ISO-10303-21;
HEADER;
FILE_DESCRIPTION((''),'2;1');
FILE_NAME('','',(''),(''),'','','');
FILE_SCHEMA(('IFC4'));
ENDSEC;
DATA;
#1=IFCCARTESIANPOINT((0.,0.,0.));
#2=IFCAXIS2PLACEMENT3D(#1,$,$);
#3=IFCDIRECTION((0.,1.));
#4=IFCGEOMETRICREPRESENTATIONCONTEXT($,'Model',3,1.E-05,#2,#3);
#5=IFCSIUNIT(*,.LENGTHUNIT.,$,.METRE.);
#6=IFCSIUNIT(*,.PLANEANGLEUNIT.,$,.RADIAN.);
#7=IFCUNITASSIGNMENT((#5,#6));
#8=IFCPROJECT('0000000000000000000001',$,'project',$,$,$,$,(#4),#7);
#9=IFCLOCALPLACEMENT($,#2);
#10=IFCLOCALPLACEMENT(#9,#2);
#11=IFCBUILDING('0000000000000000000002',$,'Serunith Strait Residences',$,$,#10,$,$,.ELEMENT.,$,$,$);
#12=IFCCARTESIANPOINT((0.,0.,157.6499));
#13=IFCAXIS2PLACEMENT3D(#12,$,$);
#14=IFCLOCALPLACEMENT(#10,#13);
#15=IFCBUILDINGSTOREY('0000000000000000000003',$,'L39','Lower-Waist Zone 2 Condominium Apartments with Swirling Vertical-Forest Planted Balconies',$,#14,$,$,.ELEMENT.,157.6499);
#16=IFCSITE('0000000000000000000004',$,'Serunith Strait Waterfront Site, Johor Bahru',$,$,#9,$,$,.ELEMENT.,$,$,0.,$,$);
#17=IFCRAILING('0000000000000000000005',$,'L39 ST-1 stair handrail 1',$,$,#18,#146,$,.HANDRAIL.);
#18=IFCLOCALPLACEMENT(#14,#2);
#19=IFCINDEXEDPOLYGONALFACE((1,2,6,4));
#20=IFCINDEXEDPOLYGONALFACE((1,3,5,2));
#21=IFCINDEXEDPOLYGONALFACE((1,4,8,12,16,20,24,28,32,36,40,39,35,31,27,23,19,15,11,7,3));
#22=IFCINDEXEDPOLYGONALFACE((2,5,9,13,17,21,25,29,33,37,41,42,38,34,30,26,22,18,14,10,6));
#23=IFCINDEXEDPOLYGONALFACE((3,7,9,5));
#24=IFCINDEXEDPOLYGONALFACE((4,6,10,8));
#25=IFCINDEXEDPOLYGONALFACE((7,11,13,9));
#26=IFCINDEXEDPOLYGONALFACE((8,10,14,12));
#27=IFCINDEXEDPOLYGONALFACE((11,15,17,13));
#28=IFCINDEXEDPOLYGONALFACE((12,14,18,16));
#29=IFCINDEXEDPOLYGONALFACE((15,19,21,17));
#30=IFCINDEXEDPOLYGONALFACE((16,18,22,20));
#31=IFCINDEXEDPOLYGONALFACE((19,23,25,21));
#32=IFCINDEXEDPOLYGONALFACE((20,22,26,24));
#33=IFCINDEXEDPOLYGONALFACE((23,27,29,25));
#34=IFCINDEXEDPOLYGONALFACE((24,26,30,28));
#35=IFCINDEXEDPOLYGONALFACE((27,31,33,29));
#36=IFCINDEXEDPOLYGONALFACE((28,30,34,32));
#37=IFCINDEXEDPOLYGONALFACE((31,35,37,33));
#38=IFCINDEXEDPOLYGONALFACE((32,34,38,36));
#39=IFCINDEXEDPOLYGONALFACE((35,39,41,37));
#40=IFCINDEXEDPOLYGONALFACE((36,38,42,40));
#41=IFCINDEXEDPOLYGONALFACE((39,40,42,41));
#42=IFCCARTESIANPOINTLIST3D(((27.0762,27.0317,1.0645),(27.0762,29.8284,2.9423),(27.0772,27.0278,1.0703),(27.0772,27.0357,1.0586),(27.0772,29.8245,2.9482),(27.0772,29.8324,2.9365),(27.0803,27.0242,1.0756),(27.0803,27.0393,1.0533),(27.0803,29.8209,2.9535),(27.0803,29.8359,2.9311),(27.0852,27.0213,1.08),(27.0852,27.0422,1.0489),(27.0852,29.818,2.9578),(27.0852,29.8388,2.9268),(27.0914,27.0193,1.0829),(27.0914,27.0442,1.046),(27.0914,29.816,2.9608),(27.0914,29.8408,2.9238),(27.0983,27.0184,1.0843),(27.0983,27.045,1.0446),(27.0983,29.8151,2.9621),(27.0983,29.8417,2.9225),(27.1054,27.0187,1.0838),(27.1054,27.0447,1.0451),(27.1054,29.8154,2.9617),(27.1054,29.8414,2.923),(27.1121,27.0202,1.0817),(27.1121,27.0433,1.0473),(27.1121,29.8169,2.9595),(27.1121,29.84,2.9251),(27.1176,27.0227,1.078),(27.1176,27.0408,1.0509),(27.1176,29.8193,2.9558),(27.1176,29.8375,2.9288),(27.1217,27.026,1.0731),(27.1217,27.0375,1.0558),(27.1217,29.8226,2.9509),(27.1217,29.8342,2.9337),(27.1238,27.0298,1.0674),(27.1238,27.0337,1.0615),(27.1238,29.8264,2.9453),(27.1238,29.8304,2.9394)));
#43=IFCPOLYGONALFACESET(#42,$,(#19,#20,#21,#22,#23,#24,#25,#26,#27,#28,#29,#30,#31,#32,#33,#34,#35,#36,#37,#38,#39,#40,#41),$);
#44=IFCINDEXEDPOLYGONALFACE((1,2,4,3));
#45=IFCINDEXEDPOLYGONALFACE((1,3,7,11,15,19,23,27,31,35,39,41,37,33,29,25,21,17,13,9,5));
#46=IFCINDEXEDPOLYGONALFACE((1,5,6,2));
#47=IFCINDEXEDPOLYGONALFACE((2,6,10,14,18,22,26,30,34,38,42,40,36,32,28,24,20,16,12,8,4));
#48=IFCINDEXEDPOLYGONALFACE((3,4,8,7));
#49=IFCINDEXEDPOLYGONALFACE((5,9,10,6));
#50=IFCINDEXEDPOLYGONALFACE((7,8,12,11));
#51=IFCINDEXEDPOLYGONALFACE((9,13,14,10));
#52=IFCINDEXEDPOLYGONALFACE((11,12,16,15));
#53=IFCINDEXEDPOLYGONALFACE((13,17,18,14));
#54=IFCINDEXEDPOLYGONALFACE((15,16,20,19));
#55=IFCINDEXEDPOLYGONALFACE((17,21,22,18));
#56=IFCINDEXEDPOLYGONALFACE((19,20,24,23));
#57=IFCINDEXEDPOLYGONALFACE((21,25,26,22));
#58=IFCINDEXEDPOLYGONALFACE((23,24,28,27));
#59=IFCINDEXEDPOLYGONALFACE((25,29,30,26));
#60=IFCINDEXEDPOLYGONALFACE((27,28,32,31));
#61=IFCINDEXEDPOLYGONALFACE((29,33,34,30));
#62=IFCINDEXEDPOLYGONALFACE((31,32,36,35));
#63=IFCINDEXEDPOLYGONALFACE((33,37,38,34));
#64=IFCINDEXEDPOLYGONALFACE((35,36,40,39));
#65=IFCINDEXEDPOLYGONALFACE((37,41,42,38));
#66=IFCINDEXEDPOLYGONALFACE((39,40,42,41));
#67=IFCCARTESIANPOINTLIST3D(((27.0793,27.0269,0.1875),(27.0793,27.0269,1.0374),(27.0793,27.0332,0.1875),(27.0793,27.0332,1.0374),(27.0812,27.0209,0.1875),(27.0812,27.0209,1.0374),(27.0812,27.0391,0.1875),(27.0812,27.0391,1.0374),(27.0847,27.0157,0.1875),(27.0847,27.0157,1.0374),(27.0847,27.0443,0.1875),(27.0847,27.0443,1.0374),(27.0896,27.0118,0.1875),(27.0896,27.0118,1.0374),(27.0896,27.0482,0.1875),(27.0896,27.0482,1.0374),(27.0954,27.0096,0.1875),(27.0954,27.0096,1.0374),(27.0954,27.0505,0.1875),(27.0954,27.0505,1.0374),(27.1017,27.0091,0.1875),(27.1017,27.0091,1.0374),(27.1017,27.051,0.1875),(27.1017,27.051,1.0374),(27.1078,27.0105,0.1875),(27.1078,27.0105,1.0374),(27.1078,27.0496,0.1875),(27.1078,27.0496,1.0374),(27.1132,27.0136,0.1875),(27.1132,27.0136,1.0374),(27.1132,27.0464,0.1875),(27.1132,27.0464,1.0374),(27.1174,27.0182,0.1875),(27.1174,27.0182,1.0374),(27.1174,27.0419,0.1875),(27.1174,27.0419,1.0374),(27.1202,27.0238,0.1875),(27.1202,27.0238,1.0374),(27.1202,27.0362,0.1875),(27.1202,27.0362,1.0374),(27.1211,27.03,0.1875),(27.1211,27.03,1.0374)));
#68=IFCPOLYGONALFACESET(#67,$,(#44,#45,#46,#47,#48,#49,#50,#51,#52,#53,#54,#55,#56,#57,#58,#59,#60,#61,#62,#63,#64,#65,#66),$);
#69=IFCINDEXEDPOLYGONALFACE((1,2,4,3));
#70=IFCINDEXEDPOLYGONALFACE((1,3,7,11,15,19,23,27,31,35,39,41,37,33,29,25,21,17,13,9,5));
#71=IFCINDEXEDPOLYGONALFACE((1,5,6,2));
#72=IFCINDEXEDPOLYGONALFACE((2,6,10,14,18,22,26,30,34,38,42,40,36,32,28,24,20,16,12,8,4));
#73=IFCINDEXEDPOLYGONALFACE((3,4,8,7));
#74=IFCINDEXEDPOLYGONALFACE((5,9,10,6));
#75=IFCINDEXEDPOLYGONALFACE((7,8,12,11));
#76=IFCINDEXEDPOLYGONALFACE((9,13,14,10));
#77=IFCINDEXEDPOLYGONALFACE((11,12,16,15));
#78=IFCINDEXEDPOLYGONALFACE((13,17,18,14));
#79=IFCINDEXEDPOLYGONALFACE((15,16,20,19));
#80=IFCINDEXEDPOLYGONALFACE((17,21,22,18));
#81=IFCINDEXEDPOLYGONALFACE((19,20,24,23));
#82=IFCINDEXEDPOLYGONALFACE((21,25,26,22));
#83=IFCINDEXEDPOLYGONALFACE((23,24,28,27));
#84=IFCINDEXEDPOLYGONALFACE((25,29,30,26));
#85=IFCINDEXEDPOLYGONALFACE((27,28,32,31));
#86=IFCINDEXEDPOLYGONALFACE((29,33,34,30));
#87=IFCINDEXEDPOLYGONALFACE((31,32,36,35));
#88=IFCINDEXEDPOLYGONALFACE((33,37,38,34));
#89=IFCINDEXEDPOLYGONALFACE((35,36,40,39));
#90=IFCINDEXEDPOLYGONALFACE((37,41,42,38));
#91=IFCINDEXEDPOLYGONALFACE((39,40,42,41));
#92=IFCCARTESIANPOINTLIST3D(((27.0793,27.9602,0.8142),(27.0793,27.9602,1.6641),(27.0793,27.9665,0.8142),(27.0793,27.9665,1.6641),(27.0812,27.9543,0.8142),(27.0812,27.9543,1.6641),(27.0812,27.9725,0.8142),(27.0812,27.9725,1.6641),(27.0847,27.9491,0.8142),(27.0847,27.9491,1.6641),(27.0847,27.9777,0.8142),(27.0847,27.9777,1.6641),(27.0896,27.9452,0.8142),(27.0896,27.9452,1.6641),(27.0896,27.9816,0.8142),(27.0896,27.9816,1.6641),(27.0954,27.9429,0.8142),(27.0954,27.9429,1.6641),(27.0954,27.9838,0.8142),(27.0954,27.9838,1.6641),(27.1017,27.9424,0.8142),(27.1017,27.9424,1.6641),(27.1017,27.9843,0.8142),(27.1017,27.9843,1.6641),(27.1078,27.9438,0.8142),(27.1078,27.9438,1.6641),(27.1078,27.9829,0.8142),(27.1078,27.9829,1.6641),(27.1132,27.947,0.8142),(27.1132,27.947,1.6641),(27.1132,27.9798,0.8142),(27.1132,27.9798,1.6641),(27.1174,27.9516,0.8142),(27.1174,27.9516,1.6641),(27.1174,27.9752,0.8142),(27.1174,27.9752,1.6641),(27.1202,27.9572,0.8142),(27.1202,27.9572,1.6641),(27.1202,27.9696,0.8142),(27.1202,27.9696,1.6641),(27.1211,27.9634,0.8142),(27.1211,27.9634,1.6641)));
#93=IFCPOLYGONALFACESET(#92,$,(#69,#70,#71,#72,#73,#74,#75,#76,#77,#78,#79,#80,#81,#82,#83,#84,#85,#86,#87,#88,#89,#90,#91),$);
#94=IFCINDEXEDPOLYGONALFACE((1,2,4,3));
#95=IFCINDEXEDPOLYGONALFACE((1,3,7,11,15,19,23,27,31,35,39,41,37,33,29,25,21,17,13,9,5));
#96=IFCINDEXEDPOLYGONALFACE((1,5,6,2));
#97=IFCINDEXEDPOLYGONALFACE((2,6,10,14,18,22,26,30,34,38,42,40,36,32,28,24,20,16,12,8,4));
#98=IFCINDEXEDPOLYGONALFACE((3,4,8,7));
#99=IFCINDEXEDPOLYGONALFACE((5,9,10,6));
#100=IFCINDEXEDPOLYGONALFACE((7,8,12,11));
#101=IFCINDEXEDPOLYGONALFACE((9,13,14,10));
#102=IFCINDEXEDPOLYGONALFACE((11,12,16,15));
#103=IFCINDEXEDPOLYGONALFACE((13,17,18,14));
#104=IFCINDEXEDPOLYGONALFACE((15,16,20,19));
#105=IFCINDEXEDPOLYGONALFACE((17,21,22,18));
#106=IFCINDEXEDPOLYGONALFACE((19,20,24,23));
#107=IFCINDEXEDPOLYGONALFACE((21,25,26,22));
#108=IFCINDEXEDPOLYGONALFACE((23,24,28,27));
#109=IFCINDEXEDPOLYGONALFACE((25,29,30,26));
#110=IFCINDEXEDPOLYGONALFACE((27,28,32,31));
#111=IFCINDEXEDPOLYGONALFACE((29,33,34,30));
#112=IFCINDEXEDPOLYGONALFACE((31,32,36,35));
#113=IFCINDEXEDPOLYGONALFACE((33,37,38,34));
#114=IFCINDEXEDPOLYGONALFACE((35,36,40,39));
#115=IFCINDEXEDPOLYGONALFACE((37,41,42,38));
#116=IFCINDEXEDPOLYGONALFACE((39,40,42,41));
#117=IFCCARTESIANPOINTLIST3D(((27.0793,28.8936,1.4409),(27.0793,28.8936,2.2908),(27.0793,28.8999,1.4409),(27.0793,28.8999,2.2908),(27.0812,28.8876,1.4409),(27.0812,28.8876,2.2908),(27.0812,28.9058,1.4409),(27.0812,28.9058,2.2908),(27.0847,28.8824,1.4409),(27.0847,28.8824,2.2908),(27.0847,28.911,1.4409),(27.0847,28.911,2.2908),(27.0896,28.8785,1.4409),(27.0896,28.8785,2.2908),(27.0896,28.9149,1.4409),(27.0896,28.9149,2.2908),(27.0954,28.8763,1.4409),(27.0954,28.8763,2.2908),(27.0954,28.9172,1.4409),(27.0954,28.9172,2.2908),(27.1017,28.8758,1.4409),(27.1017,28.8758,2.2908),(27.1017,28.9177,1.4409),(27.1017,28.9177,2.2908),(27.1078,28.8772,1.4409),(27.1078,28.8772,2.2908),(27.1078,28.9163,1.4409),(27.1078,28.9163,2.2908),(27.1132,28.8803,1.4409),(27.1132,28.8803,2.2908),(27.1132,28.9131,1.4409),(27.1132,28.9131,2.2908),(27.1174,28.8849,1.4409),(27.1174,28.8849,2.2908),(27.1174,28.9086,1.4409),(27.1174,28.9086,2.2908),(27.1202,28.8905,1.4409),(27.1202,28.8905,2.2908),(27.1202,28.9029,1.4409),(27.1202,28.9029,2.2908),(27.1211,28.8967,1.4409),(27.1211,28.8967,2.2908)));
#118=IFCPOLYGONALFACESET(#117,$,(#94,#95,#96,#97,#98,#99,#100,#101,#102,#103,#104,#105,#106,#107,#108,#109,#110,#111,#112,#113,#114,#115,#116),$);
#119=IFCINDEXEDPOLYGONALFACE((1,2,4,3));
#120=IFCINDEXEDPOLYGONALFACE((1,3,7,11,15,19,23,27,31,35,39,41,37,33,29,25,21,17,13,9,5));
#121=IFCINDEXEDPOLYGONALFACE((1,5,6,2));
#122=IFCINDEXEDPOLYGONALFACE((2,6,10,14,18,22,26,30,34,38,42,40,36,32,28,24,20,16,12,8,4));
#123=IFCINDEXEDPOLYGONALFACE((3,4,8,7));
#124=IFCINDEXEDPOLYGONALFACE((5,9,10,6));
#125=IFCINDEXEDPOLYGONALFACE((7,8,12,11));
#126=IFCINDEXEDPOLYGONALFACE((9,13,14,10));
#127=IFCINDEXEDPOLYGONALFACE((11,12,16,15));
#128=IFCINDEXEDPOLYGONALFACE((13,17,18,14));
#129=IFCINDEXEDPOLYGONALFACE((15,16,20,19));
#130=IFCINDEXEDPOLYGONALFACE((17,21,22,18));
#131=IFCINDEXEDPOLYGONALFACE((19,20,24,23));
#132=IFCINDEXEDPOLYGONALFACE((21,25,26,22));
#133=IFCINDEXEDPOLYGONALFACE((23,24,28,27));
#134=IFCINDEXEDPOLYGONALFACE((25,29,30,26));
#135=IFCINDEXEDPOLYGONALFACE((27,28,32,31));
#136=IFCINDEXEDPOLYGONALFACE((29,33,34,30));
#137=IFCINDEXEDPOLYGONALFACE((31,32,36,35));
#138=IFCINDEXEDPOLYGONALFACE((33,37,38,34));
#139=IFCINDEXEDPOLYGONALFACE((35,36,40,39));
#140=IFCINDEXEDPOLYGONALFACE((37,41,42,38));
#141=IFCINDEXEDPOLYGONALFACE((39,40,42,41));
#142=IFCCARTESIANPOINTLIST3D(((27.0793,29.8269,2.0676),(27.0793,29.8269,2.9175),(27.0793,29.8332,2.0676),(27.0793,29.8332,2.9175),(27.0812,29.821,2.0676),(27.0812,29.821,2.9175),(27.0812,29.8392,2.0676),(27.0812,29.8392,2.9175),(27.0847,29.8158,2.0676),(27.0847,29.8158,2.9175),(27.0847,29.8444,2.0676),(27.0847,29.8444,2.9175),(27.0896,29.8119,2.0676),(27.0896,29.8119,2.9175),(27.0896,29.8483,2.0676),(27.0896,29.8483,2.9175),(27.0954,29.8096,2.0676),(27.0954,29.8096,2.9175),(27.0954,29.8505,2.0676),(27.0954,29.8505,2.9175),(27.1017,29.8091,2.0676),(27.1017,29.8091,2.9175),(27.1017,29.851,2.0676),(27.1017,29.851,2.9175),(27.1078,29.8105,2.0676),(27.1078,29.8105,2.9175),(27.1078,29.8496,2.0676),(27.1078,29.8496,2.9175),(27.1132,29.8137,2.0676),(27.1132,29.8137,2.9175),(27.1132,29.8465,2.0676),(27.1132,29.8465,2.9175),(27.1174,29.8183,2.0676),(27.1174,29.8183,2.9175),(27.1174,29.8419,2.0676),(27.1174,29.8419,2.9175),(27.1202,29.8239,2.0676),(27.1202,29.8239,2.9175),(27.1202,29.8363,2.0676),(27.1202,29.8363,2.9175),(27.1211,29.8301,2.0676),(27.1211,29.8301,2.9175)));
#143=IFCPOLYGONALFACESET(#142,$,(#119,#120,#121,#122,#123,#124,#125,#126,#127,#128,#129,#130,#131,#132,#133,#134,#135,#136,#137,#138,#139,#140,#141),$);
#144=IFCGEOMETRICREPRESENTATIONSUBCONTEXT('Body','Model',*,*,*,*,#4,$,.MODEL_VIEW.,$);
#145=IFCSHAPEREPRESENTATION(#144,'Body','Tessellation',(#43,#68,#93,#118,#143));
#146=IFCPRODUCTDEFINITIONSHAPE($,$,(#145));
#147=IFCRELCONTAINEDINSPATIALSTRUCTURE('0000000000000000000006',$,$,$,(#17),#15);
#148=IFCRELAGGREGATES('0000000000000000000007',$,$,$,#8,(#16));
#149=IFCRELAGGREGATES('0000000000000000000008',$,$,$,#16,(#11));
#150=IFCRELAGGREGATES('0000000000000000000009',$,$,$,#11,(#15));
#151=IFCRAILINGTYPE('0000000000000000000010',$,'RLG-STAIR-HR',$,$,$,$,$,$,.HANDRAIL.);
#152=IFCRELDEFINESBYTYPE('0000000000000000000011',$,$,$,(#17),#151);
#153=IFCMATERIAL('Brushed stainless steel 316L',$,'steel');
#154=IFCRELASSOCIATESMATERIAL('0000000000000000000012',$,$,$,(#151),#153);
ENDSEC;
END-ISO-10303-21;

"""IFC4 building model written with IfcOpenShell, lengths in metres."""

from ifc_helpers import new_model, si_unit, direction, frame, origin, origin_2d, place, context, subcontext, project, spatial, circle, extrude, material, type_object, element, save


model = new_model("IFC4")

# Units and contexts
model_context = context("Model", 3, precision=1e-05, world=origin(), true_north=direction((0.0, 1.0)))
body_context = subcontext(model_context, "Body", "Model", "MODEL_VIEW")
ifc_project = project(units=[si_unit("LENGTHUNIT", "METRE"), si_unit("PLANEANGLEUNIT", "RADIAN")], contexts=[model_context])

# Site, building, storey
site_placement = place(None, origin())
site = spatial("IfcSite", under=ifc_project, at=site_placement, Name="Serunith Strait Waterfront Site, Johor Bahru", CompositionType="ELEMENT", RefElevation=0.0)
building_placement = place(site_placement, origin())
building = spatial("IfcBuilding", under=site, at=building_placement, Name="Serunith Strait Residences", CompositionType="ELEMENT")
storey_placement = place(building_placement, frame((0.0, 0.0, 157.6499)))
storey = spatial("IfcBuildingStorey", under=building, at=storey_placement, Name="L39", Description="Lower-Waist Zone 2 Condominium Apartments with Swirling Vertical-Forest Planted Balconies", CompositionType="ELEMENT", Elevation=157.6499)

# Railing
ifc_material_1 = material(Name="Brushed stainless steel 316L", Category="steel")
railing_type_1 = type_object("IfcRailingType", Name="RLG-STAIR-HR", PredefinedType="HANDRAIL", material=ifc_material_1)
railing_1_placement = place(storey_placement, frame((27.1001, 27.03, 0.1875)))
element("IfcRailing", 1, at=railing_1_placement, inside=storey, type_object=railing_type_1, Name="L39 ST-1 stair handrail 1", PredefinedType="HANDRAIL", context=body_context, shape_type="SweptSolid", body=[
    extrude(circle(Radius=0.0239, at=origin_2d()), frame((0.0, 0.0017, 0.877), z_axis=(0.0, 0.830208, 0.557453), x_axis=(-1.0, 0.0, 0.0)), (0.0, 0.0, 1.0), 3.3687),
    extrude(circle(Radius=0.021, at=origin_2d()), origin(), (0.0, 0.0, 1.0), 0.8499),
    extrude(circle(Radius=0.021, at=origin_2d()), frame((0.0, 0.9333, 0.6267)), (0.0, 0.0, 1.0), 0.8499),
    extrude(circle(Radius=0.021, at=origin_2d()), frame((0.0, 1.8667, 1.2534)), (0.0, 0.0, 1.0), 0.8499),
    extrude(circle(Radius=0.021, at=origin_2d()), frame((0.0, 2.8, 1.8801)), (0.0, 0.0, 1.0), 0.8499),
])

save(model, "model.ifc")
